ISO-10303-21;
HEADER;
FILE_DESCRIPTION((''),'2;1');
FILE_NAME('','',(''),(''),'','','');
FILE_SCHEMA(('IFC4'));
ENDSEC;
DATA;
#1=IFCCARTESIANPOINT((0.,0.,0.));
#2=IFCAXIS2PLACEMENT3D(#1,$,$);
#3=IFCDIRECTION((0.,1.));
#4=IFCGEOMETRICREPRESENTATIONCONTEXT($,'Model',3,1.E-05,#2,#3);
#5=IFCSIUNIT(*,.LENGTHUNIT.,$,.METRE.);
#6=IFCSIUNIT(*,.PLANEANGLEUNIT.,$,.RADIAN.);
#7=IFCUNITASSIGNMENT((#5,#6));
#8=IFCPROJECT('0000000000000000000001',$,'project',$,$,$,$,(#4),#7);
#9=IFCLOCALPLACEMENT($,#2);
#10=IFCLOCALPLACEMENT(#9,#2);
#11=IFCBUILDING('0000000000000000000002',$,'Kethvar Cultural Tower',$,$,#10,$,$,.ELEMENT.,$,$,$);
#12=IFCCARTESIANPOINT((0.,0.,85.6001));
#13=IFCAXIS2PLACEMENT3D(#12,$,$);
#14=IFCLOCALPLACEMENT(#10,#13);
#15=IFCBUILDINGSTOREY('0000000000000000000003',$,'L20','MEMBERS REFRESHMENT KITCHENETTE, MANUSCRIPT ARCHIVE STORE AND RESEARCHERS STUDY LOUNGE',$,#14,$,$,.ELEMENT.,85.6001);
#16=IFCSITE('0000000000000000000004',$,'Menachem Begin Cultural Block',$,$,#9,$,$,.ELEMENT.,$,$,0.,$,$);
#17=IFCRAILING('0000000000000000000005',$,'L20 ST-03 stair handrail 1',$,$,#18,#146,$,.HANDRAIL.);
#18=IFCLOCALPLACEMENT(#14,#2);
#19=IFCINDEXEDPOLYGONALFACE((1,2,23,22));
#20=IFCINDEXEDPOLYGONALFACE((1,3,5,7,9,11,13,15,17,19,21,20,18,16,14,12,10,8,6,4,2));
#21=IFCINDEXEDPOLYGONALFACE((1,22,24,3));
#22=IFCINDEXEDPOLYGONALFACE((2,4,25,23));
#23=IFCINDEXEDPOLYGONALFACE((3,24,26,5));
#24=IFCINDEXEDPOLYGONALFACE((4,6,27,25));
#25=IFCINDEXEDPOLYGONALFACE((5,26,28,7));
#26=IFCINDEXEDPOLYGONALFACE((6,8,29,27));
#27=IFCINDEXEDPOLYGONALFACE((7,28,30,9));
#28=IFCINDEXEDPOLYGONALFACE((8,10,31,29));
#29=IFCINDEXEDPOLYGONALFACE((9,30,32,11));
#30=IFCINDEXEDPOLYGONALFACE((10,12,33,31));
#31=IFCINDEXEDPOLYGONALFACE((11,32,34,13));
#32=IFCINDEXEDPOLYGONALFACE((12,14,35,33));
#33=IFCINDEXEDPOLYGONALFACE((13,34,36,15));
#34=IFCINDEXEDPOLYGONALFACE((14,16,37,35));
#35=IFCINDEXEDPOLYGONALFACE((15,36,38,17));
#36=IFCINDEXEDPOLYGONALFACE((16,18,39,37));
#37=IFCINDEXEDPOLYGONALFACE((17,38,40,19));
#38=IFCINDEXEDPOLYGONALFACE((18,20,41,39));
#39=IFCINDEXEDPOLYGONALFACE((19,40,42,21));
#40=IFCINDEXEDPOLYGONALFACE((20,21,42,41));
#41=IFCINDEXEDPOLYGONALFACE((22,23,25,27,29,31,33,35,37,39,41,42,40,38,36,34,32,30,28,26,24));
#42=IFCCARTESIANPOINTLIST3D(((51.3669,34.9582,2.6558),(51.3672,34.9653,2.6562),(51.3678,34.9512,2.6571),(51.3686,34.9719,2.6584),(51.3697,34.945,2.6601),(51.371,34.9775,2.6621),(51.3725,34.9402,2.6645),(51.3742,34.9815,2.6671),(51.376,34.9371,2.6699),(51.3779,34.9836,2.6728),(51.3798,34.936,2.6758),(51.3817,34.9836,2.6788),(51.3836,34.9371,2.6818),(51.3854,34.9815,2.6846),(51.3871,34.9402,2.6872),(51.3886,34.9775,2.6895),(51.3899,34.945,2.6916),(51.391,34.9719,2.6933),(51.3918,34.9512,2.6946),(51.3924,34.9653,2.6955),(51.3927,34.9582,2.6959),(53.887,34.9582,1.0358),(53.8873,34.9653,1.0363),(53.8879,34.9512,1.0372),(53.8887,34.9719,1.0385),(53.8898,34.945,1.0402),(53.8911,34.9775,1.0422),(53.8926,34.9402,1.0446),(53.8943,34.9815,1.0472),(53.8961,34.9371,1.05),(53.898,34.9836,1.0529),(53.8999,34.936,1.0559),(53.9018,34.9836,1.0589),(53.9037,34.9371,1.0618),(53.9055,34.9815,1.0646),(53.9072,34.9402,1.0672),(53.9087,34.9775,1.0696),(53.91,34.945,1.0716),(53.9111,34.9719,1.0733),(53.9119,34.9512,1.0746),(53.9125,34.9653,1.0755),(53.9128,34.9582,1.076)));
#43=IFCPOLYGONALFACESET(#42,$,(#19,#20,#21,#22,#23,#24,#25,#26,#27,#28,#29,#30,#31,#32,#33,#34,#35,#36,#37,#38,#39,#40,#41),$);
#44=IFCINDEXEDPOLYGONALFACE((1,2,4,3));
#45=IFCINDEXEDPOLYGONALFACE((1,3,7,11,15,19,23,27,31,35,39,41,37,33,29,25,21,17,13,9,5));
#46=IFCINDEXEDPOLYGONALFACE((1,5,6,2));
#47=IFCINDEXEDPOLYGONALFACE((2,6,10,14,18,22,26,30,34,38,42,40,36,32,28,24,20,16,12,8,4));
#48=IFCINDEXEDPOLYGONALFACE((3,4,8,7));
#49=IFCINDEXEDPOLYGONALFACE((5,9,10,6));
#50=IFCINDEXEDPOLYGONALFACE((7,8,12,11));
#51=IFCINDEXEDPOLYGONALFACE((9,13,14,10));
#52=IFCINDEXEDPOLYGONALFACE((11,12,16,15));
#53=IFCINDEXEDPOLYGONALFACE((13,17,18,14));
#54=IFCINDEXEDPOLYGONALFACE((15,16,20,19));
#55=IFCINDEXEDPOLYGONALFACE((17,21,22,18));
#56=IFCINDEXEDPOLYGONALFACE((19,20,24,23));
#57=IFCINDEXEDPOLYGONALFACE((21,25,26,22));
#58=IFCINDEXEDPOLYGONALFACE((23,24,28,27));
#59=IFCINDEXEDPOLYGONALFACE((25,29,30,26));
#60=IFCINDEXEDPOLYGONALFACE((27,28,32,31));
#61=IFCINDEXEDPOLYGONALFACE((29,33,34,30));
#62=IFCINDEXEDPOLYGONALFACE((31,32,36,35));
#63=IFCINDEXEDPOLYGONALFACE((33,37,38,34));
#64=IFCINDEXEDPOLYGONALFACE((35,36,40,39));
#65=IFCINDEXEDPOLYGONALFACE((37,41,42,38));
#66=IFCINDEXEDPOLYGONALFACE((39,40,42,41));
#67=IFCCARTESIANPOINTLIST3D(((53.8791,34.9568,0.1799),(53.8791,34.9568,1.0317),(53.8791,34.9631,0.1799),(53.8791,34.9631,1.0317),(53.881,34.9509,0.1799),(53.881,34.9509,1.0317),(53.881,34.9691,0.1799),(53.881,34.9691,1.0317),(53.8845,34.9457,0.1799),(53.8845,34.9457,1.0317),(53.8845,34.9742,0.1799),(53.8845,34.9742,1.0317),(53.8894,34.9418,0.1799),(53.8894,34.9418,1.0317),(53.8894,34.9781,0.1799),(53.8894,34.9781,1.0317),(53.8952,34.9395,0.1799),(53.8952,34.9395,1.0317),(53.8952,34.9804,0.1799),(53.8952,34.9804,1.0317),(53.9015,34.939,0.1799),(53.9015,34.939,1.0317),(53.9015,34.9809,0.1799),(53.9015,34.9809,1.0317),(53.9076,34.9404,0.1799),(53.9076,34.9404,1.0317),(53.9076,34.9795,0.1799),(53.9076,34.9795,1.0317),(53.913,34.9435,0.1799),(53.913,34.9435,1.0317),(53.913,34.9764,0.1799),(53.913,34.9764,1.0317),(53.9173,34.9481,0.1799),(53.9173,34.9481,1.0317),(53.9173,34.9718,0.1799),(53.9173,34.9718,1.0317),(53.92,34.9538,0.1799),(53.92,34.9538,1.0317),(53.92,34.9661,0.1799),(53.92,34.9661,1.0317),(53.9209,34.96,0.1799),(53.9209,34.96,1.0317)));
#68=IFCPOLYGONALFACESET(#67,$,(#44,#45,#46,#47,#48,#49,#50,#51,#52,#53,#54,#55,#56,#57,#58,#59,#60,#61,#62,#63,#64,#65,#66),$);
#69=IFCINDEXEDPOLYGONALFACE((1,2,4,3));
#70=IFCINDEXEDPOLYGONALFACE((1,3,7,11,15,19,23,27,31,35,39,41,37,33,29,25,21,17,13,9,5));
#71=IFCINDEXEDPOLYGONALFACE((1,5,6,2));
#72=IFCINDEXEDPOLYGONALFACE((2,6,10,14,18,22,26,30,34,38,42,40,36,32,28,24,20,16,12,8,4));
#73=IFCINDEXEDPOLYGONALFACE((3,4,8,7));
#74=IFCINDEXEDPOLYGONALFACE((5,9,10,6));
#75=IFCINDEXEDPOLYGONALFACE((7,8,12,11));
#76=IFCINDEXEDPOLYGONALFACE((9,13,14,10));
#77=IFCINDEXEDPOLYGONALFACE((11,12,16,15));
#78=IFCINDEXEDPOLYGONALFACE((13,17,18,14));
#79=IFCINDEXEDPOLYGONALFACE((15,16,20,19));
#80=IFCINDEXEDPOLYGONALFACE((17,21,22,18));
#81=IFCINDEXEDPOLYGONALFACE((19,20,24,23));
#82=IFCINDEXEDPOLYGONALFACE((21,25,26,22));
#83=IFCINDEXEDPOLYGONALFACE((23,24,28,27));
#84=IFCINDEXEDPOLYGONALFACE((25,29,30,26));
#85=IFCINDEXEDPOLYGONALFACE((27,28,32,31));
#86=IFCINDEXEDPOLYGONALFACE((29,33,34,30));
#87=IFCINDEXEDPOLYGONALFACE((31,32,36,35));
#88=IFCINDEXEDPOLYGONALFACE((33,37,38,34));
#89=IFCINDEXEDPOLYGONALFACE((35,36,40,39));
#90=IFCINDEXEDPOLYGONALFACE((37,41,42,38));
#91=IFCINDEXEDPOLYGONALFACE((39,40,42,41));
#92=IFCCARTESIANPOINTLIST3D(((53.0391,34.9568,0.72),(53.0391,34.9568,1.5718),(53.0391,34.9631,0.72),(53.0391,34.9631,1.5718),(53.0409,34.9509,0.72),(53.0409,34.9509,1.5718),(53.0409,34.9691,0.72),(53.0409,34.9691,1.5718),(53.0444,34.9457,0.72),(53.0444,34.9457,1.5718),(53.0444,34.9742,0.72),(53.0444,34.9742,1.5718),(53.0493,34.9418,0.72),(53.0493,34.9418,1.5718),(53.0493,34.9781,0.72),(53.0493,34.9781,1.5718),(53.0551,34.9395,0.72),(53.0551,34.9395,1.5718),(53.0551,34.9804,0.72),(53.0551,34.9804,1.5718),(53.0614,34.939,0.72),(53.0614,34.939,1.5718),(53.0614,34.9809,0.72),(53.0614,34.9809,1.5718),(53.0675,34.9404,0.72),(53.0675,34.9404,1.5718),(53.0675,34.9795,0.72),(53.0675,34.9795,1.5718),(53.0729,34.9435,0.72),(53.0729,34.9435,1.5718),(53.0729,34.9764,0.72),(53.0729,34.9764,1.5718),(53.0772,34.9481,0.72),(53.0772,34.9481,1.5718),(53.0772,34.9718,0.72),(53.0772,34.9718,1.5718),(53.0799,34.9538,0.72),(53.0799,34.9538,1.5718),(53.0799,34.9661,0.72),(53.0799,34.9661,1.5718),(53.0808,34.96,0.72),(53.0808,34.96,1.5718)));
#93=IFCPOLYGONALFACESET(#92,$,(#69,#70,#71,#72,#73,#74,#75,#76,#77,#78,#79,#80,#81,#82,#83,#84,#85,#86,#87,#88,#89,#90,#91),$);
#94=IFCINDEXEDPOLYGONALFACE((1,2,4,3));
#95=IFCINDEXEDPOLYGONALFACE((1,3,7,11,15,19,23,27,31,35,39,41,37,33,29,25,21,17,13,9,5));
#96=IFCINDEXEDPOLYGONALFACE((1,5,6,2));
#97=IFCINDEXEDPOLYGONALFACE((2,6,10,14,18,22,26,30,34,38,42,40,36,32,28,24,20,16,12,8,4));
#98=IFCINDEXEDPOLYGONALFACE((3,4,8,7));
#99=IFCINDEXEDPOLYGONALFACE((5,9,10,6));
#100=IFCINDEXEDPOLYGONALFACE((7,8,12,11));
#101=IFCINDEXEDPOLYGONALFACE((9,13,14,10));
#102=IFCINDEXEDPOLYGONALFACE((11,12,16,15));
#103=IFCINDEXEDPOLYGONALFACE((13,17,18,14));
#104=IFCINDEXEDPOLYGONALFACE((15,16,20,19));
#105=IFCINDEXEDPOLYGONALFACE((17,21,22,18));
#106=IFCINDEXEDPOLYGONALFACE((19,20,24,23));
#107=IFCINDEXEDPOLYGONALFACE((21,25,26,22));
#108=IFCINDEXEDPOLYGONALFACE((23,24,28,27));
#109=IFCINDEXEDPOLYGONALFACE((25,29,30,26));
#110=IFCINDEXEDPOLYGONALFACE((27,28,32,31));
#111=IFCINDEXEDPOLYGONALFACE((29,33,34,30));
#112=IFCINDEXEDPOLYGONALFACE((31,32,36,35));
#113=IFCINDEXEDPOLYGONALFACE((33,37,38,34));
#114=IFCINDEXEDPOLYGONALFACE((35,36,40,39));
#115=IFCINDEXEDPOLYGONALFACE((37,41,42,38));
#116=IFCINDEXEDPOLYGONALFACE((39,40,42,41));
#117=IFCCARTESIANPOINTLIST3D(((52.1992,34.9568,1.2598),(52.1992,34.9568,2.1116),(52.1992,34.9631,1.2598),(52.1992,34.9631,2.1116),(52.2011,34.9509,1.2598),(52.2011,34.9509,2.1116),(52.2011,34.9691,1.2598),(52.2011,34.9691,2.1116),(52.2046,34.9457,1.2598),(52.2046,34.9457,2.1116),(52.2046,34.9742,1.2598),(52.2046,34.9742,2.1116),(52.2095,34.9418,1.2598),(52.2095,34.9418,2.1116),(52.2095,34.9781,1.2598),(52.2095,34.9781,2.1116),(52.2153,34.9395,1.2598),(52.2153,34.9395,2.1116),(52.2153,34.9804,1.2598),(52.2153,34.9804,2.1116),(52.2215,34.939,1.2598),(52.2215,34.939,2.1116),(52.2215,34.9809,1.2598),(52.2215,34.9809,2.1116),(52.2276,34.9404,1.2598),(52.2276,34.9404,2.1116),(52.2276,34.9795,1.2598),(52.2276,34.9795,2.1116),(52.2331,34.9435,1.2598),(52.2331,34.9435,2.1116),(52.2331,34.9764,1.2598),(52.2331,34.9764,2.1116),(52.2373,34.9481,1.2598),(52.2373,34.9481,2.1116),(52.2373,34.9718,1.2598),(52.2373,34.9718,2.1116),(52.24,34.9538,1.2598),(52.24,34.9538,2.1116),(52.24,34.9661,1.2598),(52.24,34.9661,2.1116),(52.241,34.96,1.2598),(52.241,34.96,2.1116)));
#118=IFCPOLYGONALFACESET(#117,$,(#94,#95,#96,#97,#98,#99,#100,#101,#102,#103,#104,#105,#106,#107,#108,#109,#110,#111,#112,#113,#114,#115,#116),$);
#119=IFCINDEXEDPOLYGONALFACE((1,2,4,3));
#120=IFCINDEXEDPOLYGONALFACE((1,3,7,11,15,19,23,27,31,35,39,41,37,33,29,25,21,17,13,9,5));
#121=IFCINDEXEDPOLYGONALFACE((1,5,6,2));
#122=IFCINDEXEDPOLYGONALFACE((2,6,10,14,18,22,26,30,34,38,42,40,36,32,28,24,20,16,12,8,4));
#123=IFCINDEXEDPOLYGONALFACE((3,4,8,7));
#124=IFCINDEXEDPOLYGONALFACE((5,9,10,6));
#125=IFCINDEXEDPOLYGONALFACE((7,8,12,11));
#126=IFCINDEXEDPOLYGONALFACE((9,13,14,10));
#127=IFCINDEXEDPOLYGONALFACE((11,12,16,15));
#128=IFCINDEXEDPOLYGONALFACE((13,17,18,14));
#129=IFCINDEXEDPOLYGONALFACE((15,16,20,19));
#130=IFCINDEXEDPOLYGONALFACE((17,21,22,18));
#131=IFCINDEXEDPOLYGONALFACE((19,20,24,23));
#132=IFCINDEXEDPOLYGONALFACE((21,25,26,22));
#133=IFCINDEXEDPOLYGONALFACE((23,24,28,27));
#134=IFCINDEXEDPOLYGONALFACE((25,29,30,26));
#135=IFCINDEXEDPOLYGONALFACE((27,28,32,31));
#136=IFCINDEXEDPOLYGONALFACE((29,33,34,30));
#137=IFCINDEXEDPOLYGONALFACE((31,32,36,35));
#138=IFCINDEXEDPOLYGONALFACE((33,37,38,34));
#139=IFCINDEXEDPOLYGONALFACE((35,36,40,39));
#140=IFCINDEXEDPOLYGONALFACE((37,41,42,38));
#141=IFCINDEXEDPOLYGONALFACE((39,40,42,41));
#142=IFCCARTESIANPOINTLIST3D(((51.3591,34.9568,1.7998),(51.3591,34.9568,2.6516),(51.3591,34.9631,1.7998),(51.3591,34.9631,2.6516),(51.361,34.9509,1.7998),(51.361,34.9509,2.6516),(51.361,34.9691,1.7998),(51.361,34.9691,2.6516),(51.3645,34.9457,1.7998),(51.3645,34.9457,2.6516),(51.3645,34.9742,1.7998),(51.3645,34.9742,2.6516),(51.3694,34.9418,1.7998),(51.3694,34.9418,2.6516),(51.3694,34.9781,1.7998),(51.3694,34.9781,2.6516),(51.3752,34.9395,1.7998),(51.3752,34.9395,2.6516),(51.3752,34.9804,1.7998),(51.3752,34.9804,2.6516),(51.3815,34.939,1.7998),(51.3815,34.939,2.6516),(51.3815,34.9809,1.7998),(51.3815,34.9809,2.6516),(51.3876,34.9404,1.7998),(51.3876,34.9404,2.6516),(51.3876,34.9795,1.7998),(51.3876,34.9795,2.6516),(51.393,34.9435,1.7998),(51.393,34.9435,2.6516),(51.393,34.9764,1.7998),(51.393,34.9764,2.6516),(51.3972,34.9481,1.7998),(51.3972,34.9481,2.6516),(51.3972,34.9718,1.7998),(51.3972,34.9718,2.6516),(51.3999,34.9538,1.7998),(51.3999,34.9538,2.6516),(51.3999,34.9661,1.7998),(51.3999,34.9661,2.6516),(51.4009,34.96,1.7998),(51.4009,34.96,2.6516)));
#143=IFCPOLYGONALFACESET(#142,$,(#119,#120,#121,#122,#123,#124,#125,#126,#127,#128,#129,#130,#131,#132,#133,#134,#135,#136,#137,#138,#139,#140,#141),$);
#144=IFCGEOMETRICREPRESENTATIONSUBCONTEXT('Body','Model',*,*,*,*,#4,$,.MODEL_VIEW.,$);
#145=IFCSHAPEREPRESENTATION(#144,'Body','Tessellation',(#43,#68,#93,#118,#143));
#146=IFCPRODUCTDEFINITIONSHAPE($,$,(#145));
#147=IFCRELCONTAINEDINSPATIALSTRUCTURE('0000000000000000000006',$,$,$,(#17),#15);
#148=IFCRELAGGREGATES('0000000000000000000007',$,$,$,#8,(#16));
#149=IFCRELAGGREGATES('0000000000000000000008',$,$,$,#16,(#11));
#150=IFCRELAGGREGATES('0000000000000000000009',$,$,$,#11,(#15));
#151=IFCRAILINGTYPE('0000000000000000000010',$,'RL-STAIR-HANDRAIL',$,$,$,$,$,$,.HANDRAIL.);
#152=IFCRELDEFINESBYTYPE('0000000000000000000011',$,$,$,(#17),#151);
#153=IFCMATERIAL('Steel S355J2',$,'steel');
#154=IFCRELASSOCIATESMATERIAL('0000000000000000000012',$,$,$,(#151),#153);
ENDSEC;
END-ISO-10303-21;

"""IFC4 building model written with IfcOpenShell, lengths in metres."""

from ifc_helpers import new_model, si_unit, direction, frame, origin, origin_2d, place, context, subcontext, project, spatial, circle, extrude, material, type_object, element, save


model = new_model("IFC4")

# Units and contexts
model_context = context("Model", 3, precision=1e-05, world=origin(), true_north=direction((0.0, 1.0)))
body_context = subcontext(model_context, "Body", "Model", "MODEL_VIEW")
ifc_project = project(units=[si_unit("LENGTHUNIT", "METRE"), si_unit("PLANEANGLEUNIT", "RADIAN")], contexts=[model_context])

# Site, building, storey
site_placement = place(None, origin())
site = spatial("IfcSite", under=ifc_project, at=site_placement, Name="Menachem Begin Cultural Block", CompositionType="ELEMENT", RefElevation=0.0)
building_placement = place(site_placement, origin())
building = spatial("IfcBuilding", under=site, at=building_placement, Name="Kethvar Cultural Tower", CompositionType="ELEMENT")
storey_placement = place(building_placement, frame((0.0, 0.0, 85.6001)))
storey = spatial("IfcBuildingStorey", under=building, at=storey_placement, Name="L20", Description="MEMBERS REFRESHMENT KITCHENETTE, MANUSCRIPT ARCHIVE STORE AND RESEARCHERS STUDY LOUNGE", CompositionType="ELEMENT", Elevation=85.6001)

# Shared definitions
ifc_material_1 = material(Name="Steel S355J2", Category="steel")

# Railing
railing_type_1 = type_object("IfcRailingType", Name="RL-STAIR-HANDRAIL", PredefinedType="HANDRAIL", material=ifc_material_1)
railing_1_placement = place(storey_placement, frame((53.8999, 34.96, 0.1799)))
element("IfcRailing", 1, at=railing_1_placement, inside=storey, type_object=railing_type_1, Name="L20 ST-03 stair handrail 1", PredefinedType="HANDRAIL", context=body_context, shape_type="SweptSolid", body=[
    extrude(circle(Radius=0.0239, at=origin_2d()), frame((0.0, 0.0, 0.876), z_axis=(-0.8412, 0.0, 0.540725), x_axis=(0.0, -1.0, 0.0)), (0.0, 0.0, 1.0), 2.9958),
    extrude(circle(Radius=0.021, at=origin_2d()), origin(), (0.0, 0.0, 1.0), 0.8518),
    extrude(circle(Radius=0.021, at=origin_2d()), frame((-0.8401, 0.0, 0.54)), (0.0, 0.0, 1.0), 0.8518),
    extrude(circle(Radius=0.021, at=origin_2d()), frame((-1.6799, 0.0, 1.0798)), (0.0, 0.0, 1.0), 0.8518),
    extrude(circle(Radius=0.021, at=origin_2d()), frame((-2.52, 0.0, 1.6199)), (0.0, 0.0, 1.0), 0.8518),
])

save(model, "model.ifc")
